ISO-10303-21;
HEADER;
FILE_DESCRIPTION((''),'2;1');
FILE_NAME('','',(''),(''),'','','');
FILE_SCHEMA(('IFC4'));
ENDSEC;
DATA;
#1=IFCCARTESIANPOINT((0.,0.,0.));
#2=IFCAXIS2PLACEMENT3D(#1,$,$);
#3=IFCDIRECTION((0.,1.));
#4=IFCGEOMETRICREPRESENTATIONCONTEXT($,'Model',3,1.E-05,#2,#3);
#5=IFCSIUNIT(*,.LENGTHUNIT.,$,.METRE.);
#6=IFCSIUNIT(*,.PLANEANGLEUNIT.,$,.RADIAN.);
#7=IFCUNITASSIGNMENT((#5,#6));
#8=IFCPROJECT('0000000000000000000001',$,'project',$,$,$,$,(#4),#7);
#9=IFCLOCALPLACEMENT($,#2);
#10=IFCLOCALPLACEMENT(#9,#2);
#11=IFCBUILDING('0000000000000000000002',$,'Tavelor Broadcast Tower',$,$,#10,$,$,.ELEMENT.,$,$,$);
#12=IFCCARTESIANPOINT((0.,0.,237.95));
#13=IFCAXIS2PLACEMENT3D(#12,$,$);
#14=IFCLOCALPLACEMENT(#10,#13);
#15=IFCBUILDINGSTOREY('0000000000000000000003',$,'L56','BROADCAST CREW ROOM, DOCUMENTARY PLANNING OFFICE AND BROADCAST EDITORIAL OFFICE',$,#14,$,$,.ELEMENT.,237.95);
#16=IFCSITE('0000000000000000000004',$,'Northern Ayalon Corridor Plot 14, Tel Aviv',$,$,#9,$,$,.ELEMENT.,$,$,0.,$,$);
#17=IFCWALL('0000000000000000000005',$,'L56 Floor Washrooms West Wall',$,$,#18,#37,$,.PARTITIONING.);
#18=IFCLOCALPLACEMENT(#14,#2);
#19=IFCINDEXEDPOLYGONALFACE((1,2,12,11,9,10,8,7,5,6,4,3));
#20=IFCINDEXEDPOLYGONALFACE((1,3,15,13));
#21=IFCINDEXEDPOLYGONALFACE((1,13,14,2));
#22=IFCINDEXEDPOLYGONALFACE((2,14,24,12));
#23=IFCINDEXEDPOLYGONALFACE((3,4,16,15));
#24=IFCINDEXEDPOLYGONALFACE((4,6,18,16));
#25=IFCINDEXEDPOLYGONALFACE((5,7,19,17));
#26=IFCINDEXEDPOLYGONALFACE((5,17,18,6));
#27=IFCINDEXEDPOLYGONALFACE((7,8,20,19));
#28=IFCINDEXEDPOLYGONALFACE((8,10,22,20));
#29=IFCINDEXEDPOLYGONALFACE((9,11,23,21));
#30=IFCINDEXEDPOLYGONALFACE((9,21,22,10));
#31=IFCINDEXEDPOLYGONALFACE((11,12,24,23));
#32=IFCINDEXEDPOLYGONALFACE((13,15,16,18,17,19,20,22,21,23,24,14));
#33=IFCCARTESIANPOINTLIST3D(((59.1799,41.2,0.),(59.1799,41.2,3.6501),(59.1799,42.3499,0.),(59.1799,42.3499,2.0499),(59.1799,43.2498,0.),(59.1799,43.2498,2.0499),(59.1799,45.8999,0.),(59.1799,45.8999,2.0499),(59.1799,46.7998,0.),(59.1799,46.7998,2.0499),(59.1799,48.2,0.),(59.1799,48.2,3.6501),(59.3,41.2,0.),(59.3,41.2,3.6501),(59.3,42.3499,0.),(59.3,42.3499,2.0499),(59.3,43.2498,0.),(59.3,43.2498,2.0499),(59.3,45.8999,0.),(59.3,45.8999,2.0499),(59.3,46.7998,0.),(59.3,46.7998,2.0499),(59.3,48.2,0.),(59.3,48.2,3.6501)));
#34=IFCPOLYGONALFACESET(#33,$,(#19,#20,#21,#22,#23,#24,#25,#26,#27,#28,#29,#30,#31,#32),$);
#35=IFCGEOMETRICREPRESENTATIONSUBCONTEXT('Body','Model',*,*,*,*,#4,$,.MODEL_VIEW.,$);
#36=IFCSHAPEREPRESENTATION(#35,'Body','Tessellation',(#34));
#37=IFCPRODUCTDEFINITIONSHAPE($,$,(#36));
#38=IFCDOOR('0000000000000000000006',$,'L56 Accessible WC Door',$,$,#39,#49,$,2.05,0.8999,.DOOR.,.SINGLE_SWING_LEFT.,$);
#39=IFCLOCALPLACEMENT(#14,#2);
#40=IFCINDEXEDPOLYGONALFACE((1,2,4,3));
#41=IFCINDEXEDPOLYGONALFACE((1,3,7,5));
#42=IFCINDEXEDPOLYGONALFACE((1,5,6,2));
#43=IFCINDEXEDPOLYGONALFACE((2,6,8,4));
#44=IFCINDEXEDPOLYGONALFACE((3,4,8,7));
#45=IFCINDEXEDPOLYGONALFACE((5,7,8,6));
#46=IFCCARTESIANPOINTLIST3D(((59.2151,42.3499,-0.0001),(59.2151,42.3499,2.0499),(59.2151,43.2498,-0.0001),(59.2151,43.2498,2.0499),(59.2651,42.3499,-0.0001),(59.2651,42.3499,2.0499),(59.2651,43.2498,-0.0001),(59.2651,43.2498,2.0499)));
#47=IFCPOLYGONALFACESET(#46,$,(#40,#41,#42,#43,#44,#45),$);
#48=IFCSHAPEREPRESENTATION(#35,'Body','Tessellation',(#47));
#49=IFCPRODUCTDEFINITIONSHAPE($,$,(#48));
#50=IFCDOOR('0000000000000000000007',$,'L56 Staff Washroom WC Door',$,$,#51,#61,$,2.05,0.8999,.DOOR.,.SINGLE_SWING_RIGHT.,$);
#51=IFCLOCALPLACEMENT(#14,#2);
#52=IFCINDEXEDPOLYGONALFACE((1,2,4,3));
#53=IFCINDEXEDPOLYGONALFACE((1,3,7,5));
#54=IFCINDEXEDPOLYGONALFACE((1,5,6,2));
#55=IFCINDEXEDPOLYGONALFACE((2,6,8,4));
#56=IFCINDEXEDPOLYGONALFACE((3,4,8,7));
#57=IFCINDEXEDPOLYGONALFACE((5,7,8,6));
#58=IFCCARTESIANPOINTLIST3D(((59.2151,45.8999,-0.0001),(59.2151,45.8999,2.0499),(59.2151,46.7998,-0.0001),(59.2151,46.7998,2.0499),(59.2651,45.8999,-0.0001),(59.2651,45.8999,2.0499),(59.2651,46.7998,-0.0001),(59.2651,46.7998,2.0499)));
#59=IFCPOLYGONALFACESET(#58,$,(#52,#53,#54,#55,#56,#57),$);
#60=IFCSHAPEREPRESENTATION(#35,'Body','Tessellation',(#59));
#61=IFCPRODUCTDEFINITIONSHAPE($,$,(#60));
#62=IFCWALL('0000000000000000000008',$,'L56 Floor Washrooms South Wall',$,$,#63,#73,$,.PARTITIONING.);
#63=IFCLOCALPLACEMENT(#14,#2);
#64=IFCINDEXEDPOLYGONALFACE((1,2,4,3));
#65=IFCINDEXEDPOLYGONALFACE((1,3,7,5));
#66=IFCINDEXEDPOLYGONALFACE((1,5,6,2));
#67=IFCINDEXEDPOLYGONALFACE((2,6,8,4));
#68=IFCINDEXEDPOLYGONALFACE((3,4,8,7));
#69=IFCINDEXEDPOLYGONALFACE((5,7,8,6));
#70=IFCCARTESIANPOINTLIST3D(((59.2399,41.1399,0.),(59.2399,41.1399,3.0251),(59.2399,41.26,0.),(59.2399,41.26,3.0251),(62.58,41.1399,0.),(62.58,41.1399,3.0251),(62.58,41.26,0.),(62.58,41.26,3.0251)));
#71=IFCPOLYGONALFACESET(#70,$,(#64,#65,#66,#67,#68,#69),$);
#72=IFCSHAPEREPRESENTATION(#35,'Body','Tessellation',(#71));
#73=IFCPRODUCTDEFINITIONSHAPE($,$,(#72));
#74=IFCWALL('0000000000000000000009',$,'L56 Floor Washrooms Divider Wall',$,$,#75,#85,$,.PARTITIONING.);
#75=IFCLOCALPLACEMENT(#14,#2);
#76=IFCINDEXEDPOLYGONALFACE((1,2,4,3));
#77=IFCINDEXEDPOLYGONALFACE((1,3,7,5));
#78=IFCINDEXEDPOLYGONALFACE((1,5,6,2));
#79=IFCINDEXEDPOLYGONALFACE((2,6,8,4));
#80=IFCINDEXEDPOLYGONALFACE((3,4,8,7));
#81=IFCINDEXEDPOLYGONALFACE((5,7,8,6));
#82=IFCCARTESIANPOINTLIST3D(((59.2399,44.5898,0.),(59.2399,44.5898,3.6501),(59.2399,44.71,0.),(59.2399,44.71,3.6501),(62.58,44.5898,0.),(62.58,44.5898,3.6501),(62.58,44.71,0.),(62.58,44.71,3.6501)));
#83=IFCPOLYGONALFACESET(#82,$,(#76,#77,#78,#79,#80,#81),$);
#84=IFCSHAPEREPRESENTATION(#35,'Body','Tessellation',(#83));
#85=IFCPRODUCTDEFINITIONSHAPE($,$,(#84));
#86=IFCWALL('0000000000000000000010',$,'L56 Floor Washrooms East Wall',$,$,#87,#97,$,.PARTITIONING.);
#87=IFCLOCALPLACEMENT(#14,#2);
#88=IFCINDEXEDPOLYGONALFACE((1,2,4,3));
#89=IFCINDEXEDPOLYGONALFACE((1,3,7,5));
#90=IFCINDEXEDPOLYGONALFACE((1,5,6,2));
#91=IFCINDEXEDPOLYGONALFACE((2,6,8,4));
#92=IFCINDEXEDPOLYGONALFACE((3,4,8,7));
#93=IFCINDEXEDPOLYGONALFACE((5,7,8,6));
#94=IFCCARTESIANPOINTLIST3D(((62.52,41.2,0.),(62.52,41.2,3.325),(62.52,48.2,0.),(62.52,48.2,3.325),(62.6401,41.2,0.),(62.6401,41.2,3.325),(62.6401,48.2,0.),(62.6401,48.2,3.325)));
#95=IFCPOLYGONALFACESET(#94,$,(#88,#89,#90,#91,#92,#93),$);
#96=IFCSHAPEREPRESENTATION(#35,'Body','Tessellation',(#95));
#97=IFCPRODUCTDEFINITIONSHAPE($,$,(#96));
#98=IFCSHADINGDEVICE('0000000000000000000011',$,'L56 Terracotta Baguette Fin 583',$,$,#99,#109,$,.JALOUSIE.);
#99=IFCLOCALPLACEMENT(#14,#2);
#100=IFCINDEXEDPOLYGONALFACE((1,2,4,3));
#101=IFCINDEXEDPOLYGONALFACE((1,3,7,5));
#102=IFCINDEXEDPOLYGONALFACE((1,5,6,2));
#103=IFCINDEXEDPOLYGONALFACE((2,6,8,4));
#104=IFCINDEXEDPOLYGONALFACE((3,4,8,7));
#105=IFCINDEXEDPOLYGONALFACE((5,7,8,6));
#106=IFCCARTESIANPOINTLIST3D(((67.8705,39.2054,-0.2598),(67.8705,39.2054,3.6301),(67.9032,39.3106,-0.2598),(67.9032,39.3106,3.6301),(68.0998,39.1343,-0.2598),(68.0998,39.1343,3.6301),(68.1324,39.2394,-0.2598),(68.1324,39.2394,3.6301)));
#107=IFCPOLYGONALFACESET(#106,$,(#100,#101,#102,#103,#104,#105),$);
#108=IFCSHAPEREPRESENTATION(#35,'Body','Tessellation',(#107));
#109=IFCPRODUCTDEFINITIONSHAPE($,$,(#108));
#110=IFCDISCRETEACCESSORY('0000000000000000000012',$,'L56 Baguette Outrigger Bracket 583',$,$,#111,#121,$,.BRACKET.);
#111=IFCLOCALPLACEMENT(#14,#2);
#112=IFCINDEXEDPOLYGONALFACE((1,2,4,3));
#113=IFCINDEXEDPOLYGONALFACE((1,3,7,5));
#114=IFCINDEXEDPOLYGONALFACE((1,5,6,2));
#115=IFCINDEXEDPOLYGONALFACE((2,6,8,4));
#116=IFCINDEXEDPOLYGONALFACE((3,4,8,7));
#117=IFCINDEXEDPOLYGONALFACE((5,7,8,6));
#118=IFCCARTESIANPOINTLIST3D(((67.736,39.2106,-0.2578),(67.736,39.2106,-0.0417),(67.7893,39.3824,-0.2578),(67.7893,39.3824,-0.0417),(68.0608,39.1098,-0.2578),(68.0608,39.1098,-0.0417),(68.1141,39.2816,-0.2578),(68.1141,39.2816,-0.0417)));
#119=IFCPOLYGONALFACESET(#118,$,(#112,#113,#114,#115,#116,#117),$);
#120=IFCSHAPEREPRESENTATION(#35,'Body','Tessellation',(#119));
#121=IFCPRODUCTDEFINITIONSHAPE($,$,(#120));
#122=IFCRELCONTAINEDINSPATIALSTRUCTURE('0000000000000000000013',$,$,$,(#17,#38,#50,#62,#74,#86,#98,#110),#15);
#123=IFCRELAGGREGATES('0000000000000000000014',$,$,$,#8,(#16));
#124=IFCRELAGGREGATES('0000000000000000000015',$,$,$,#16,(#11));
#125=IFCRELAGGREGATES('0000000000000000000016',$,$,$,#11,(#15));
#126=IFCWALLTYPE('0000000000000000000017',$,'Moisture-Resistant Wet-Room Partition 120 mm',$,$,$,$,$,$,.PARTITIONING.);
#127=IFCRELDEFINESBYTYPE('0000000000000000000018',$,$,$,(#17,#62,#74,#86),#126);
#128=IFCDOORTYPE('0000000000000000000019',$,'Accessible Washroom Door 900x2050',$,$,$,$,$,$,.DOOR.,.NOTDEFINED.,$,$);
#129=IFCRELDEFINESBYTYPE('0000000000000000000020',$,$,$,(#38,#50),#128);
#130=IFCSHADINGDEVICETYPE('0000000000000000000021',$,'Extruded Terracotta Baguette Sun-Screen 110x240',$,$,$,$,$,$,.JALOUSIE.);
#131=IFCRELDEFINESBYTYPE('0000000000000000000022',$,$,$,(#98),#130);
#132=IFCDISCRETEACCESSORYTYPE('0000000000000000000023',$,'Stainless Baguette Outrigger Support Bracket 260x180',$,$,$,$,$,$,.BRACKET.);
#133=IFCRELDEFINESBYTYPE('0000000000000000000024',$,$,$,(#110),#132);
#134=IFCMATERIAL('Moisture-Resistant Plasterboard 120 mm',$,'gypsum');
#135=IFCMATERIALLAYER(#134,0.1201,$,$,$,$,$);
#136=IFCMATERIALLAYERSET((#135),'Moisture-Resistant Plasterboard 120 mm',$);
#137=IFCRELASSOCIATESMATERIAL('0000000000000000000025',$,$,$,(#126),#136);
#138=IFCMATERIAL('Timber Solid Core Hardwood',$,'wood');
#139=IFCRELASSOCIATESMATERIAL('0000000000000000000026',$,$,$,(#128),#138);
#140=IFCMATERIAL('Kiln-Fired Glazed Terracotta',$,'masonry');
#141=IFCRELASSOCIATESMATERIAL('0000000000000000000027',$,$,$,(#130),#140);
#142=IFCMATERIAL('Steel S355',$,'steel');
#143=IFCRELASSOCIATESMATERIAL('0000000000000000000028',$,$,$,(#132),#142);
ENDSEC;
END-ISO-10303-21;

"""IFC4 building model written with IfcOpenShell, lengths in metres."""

from ifc_helpers import new_model, si_unit, direction, frame, frame_2d, origin, origin_2d, place, context, subcontext, project, spatial, rectangle, extrude, source, transform, mapped, material, layer, layer_set, type_object, type_shapes, element, fill, save


model = new_model("IFC4")

# Units and contexts
model_context = context("Model", 3, precision=1e-05, world=origin(), true_north=direction((0.0, 1.0)))
body_context = subcontext(model_context, "Body", "Model", "MODEL_VIEW")
ifc_project = project(units=[si_unit("LENGTHUNIT", "METRE"), si_unit("PLANEANGLEUNIT", "RADIAN")], contexts=[model_context])

# Site, building, storey
site_placement = place(None, origin())
site = spatial("IfcSite", under=ifc_project, at=site_placement, Name="Northern Ayalon Corridor Plot 14, Tel Aviv", CompositionType="ELEMENT", RefElevation=0.0)
building_placement = place(site_placement, origin())
building = spatial("IfcBuilding", under=site, at=building_placement, Name="Tavelor Broadcast Tower", CompositionType="ELEMENT")
storey_placement = place(building_placement, frame((0.0, 0.0, 237.95)))
storey = spatial("IfcBuildingStorey", under=building, at=storey_placement, Name="L56", Description="BROADCAST CREW ROOM, DOCUMENTARY PLANNING OFFICE AND BROADCAST EDITORIAL OFFICE", CompositionType="ELEMENT", Elevation=237.95)

# Shared definitions
ifc_material_1 = material(Name="Steel S355", Category="steel")

# Shared definitions
ifc_material_2 = material(Name="Timber Solid Core Hardwood", Category="wood")

# Wall, openings, doors
ifc_material_3 = material(Name="Moisture-Resistant Plasterboard 120 mm", Category="gypsum")
ifc_layer_1 = layer(ifc_material_3, 0.1201)
ifc_layer_set_1 = layer_set([ifc_layer_1], Name="Moisture-Resistant Plasterboard 120 mm")
wall_type_1 = type_object("IfcWallType", Name="Moisture-Resistant Wet-Room Partition 120 mm", PredefinedType="PARTITIONING", material=ifc_layer_set_1)
wall_1_placement = place(storey_placement, frame((59.24, 41.2, 0.0), z_axis=(0.0, 0.0, 1.0), x_axis=(0.0, 1.0, 0.0)))
wall_1 = element("IfcWall", 1, at=wall_1_placement, inside=storey, type_object=wall_type_1, Name="L56 Floor Washrooms West Wall", PredefinedType="PARTITIONING", context=body_context, shape_type="SweptSolid", body=[
    extrude(rectangle(XDim=7.0, YDim=0.1201, at=frame_2d((3.5, 0.0))), origin(), (0.0, 0.0, 1.0), 3.6501),
])
opening_1_placement = place(wall_1_placement, frame((1.1499, 0.0, 0.0)))
opening_1 = element("IfcOpeningElement", 2, at=opening_1_placement, cuts=wall_1, PredefinedType="OPENING", context=body_context, shape_type="SweptSolid", body=[
    extrude(rectangle(XDim=0.8999, YDim=2.05, at=frame_2d((0.45, 1.0249))), frame((0.0, 0.0701, 0.0), z_axis=(0.0, -1.0, 0.0), x_axis=(1.0, 0.0, 0.0)), (0.0, 0.0, 1.0), 0.1401),
])
opening_2_placement = place(wall_1_placement, frame((4.7, 0.0, 0.0)))
opening_2 = element("IfcOpeningElement", 3, at=opening_2_placement, cuts=wall_1, PredefinedType="OPENING", context=body_context, shape_type="SweptSolid", body=[
    extrude(rectangle(XDim=0.8999, YDim=2.05, at=frame_2d((0.45, 1.0249))), frame((0.0, 0.0701, 0.0), z_axis=(0.0, -1.0, 0.0), x_axis=(1.0, 0.0, 0.0)), (0.0, 0.0, 1.0), 0.1401),
])
door_type_1 = type_object("IfcDoorType", Name="Accessible Washroom Door 900x2050", OperationType="NOTDEFINED", PredefinedType="DOOR", material=ifc_material_2)
door_1_placement = place(opening_1_placement, origin())
door_1 = element("IfcDoor", 4, at=door_1_placement, inside=storey, type_object=door_type_1, Name="L56 Accessible WC Door", OperationType="SINGLE_SWING_LEFT", OverallHeight=2.05, OverallWidth=0.8999, PredefinedType="DOOR", context=body_context, shape_type="SweptSolid", body=[
    extrude(rectangle(XDim=0.8999, YDim=2.05, at=frame_2d((0.45, 1.0249))), frame((0.0, 0.0249, 0.0), z_axis=(0.0, -1.0, 0.0), x_axis=(1.0, 0.0, 0.0)), (0.0, 0.0, 1.0), 0.05),
])
fill(opening_1, door_1)
door_2_placement = place(opening_2_placement, origin())
door_2 = element("IfcDoor", 5, at=door_2_placement, inside=storey, type_object=door_type_1, Name="L56 Staff Washroom WC Door", OperationType="SINGLE_SWING_RIGHT", OverallHeight=2.05, OverallWidth=0.8999, PredefinedType="DOOR", context=body_context, shape_type="SweptSolid", body=[
    extrude(rectangle(XDim=0.8999, YDim=2.05, at=frame_2d((0.45, 1.0249))), frame((0.0, 0.0249, 0.0), z_axis=(0.0, -1.0, 0.0), x_axis=(1.0, 0.0, 0.0)), (0.0, 0.0, 1.0), 0.05),
])
fill(opening_2, door_2)

# Walls
wall_2_placement = place(storey_placement, frame((59.24, 41.2, 0.0), z_axis=(0.0, 0.0, 1.0), x_axis=(1.0, 0.0, 0.0)))
element("IfcWall", 6, at=wall_2_placement, inside=storey, type_object=wall_type_1, Name="L56 Floor Washrooms South Wall", PredefinedType="PARTITIONING", context=body_context, shape_type="SweptSolid", body=[
    extrude(rectangle(XDim=3.3401, YDim=0.1201, at=frame_2d((1.6699, 0.0))), origin(), (0.0, 0.0, 1.0), 3.0251),
])
wall_3_placement = place(storey_placement, frame((59.24, 44.6499, 0.0), z_axis=(0.0, 0.0, 1.0), x_axis=(1.0, 0.0, 0.0)))
element("IfcWall", 7, at=wall_3_placement, inside=storey, type_object=wall_type_1, Name="L56 Floor Washrooms Divider Wall", PredefinedType="PARTITIONING", context=body_context, shape_type="SweptSolid", body=[
    extrude(rectangle(XDim=3.3401, YDim=0.1201, at=frame_2d((1.6699, 0.0))), origin(), (0.0, 0.0, 1.0), 3.6501),
])
wall_4_placement = place(storey_placement, frame((62.5801, 41.2, 0.0), z_axis=(0.0, 0.0, 1.0), x_axis=(0.0, 1.0, 0.0)))
element("IfcWall", 8, at=wall_4_placement, inside=storey, type_object=wall_type_1, Name="L56 Floor Washrooms East Wall", PredefinedType="PARTITIONING", context=body_context, shape_type="SweptSolid", body=[
    extrude(rectangle(XDim=7.0, YDim=0.1201, at=frame_2d((3.5, 0.0))), origin(), (0.0, 0.0, 1.0), 3.325),
])

# Shading device
ifc_material_4 = material(Name="Kiln-Fired Glazed Terracotta", Category="masonry")
shading_device_type = type_object("IfcShadingDeviceType", Name="Extruded Terracotta Baguette Sun-Screen 110x240", PredefinedType="JALOUSIE", material=ifc_material_4)
shared_shape_1 = source(origin(), body_context, "Body", "SweptSolid", [
    extrude(rectangle(XDim=0.1101, YDim=0.24, at=origin_2d()), origin(), (0.0, 0.0, 1.0), 3.8899),
])
type_shapes(shading_device_type, [shared_shape_1])
shading_device_placement = place(storey_placement, frame((68.0015, 39.2224, -0.2598), z_axis=(0.0, 0.0, 1.0), x_axis=(0.296375, 0.955072, 0.0)))
element("IfcShadingDevice", 9, at=shading_device_placement, inside=storey, type_object=shading_device_type, Name="L56 Terracotta Baguette Fin 583", PredefinedType="JALOUSIE", context=body_context, shape_type="MappedRepresentation", body=[
    mapped(shared_shape_1, transform((0.0, 0.0, 0.0), scale=1.0)),
])

# Discrete accessory
discrete_accessory_type = type_object("IfcDiscreteAccessoryType", Name="Stainless Baguette Outrigger Support Bracket 260x180", PredefinedType="BRACKET", material=ifc_material_1)
shared_shape_2 = source(origin(), body_context, "Body", "SweptSolid", [
    extrude(rectangle(XDim=0.1799, YDim=0.3401, at=origin_2d()), origin(), (0.0, 0.0, 1.0), 0.2161),
])
type_shapes(discrete_accessory_type, [shared_shape_2])
discrete_accessory_placement = place(storey_placement, frame((67.925, 39.2461, -0.2578), z_axis=(0.0, 0.0, 1.0), x_axis=(0.296375, 0.955072, 0.0)))
element("IfcDiscreteAccessory", 10, at=discrete_accessory_placement, inside=storey, type_object=discrete_accessory_type, Name="L56 Baguette Outrigger Bracket 583", PredefinedType="BRACKET", context=body_context, shape_type="MappedRepresentation", body=[
    mapped(shared_shape_2, transform((0.0, 0.0, 0.0), scale=1.0)),
])

save(model, "model.ifc")
